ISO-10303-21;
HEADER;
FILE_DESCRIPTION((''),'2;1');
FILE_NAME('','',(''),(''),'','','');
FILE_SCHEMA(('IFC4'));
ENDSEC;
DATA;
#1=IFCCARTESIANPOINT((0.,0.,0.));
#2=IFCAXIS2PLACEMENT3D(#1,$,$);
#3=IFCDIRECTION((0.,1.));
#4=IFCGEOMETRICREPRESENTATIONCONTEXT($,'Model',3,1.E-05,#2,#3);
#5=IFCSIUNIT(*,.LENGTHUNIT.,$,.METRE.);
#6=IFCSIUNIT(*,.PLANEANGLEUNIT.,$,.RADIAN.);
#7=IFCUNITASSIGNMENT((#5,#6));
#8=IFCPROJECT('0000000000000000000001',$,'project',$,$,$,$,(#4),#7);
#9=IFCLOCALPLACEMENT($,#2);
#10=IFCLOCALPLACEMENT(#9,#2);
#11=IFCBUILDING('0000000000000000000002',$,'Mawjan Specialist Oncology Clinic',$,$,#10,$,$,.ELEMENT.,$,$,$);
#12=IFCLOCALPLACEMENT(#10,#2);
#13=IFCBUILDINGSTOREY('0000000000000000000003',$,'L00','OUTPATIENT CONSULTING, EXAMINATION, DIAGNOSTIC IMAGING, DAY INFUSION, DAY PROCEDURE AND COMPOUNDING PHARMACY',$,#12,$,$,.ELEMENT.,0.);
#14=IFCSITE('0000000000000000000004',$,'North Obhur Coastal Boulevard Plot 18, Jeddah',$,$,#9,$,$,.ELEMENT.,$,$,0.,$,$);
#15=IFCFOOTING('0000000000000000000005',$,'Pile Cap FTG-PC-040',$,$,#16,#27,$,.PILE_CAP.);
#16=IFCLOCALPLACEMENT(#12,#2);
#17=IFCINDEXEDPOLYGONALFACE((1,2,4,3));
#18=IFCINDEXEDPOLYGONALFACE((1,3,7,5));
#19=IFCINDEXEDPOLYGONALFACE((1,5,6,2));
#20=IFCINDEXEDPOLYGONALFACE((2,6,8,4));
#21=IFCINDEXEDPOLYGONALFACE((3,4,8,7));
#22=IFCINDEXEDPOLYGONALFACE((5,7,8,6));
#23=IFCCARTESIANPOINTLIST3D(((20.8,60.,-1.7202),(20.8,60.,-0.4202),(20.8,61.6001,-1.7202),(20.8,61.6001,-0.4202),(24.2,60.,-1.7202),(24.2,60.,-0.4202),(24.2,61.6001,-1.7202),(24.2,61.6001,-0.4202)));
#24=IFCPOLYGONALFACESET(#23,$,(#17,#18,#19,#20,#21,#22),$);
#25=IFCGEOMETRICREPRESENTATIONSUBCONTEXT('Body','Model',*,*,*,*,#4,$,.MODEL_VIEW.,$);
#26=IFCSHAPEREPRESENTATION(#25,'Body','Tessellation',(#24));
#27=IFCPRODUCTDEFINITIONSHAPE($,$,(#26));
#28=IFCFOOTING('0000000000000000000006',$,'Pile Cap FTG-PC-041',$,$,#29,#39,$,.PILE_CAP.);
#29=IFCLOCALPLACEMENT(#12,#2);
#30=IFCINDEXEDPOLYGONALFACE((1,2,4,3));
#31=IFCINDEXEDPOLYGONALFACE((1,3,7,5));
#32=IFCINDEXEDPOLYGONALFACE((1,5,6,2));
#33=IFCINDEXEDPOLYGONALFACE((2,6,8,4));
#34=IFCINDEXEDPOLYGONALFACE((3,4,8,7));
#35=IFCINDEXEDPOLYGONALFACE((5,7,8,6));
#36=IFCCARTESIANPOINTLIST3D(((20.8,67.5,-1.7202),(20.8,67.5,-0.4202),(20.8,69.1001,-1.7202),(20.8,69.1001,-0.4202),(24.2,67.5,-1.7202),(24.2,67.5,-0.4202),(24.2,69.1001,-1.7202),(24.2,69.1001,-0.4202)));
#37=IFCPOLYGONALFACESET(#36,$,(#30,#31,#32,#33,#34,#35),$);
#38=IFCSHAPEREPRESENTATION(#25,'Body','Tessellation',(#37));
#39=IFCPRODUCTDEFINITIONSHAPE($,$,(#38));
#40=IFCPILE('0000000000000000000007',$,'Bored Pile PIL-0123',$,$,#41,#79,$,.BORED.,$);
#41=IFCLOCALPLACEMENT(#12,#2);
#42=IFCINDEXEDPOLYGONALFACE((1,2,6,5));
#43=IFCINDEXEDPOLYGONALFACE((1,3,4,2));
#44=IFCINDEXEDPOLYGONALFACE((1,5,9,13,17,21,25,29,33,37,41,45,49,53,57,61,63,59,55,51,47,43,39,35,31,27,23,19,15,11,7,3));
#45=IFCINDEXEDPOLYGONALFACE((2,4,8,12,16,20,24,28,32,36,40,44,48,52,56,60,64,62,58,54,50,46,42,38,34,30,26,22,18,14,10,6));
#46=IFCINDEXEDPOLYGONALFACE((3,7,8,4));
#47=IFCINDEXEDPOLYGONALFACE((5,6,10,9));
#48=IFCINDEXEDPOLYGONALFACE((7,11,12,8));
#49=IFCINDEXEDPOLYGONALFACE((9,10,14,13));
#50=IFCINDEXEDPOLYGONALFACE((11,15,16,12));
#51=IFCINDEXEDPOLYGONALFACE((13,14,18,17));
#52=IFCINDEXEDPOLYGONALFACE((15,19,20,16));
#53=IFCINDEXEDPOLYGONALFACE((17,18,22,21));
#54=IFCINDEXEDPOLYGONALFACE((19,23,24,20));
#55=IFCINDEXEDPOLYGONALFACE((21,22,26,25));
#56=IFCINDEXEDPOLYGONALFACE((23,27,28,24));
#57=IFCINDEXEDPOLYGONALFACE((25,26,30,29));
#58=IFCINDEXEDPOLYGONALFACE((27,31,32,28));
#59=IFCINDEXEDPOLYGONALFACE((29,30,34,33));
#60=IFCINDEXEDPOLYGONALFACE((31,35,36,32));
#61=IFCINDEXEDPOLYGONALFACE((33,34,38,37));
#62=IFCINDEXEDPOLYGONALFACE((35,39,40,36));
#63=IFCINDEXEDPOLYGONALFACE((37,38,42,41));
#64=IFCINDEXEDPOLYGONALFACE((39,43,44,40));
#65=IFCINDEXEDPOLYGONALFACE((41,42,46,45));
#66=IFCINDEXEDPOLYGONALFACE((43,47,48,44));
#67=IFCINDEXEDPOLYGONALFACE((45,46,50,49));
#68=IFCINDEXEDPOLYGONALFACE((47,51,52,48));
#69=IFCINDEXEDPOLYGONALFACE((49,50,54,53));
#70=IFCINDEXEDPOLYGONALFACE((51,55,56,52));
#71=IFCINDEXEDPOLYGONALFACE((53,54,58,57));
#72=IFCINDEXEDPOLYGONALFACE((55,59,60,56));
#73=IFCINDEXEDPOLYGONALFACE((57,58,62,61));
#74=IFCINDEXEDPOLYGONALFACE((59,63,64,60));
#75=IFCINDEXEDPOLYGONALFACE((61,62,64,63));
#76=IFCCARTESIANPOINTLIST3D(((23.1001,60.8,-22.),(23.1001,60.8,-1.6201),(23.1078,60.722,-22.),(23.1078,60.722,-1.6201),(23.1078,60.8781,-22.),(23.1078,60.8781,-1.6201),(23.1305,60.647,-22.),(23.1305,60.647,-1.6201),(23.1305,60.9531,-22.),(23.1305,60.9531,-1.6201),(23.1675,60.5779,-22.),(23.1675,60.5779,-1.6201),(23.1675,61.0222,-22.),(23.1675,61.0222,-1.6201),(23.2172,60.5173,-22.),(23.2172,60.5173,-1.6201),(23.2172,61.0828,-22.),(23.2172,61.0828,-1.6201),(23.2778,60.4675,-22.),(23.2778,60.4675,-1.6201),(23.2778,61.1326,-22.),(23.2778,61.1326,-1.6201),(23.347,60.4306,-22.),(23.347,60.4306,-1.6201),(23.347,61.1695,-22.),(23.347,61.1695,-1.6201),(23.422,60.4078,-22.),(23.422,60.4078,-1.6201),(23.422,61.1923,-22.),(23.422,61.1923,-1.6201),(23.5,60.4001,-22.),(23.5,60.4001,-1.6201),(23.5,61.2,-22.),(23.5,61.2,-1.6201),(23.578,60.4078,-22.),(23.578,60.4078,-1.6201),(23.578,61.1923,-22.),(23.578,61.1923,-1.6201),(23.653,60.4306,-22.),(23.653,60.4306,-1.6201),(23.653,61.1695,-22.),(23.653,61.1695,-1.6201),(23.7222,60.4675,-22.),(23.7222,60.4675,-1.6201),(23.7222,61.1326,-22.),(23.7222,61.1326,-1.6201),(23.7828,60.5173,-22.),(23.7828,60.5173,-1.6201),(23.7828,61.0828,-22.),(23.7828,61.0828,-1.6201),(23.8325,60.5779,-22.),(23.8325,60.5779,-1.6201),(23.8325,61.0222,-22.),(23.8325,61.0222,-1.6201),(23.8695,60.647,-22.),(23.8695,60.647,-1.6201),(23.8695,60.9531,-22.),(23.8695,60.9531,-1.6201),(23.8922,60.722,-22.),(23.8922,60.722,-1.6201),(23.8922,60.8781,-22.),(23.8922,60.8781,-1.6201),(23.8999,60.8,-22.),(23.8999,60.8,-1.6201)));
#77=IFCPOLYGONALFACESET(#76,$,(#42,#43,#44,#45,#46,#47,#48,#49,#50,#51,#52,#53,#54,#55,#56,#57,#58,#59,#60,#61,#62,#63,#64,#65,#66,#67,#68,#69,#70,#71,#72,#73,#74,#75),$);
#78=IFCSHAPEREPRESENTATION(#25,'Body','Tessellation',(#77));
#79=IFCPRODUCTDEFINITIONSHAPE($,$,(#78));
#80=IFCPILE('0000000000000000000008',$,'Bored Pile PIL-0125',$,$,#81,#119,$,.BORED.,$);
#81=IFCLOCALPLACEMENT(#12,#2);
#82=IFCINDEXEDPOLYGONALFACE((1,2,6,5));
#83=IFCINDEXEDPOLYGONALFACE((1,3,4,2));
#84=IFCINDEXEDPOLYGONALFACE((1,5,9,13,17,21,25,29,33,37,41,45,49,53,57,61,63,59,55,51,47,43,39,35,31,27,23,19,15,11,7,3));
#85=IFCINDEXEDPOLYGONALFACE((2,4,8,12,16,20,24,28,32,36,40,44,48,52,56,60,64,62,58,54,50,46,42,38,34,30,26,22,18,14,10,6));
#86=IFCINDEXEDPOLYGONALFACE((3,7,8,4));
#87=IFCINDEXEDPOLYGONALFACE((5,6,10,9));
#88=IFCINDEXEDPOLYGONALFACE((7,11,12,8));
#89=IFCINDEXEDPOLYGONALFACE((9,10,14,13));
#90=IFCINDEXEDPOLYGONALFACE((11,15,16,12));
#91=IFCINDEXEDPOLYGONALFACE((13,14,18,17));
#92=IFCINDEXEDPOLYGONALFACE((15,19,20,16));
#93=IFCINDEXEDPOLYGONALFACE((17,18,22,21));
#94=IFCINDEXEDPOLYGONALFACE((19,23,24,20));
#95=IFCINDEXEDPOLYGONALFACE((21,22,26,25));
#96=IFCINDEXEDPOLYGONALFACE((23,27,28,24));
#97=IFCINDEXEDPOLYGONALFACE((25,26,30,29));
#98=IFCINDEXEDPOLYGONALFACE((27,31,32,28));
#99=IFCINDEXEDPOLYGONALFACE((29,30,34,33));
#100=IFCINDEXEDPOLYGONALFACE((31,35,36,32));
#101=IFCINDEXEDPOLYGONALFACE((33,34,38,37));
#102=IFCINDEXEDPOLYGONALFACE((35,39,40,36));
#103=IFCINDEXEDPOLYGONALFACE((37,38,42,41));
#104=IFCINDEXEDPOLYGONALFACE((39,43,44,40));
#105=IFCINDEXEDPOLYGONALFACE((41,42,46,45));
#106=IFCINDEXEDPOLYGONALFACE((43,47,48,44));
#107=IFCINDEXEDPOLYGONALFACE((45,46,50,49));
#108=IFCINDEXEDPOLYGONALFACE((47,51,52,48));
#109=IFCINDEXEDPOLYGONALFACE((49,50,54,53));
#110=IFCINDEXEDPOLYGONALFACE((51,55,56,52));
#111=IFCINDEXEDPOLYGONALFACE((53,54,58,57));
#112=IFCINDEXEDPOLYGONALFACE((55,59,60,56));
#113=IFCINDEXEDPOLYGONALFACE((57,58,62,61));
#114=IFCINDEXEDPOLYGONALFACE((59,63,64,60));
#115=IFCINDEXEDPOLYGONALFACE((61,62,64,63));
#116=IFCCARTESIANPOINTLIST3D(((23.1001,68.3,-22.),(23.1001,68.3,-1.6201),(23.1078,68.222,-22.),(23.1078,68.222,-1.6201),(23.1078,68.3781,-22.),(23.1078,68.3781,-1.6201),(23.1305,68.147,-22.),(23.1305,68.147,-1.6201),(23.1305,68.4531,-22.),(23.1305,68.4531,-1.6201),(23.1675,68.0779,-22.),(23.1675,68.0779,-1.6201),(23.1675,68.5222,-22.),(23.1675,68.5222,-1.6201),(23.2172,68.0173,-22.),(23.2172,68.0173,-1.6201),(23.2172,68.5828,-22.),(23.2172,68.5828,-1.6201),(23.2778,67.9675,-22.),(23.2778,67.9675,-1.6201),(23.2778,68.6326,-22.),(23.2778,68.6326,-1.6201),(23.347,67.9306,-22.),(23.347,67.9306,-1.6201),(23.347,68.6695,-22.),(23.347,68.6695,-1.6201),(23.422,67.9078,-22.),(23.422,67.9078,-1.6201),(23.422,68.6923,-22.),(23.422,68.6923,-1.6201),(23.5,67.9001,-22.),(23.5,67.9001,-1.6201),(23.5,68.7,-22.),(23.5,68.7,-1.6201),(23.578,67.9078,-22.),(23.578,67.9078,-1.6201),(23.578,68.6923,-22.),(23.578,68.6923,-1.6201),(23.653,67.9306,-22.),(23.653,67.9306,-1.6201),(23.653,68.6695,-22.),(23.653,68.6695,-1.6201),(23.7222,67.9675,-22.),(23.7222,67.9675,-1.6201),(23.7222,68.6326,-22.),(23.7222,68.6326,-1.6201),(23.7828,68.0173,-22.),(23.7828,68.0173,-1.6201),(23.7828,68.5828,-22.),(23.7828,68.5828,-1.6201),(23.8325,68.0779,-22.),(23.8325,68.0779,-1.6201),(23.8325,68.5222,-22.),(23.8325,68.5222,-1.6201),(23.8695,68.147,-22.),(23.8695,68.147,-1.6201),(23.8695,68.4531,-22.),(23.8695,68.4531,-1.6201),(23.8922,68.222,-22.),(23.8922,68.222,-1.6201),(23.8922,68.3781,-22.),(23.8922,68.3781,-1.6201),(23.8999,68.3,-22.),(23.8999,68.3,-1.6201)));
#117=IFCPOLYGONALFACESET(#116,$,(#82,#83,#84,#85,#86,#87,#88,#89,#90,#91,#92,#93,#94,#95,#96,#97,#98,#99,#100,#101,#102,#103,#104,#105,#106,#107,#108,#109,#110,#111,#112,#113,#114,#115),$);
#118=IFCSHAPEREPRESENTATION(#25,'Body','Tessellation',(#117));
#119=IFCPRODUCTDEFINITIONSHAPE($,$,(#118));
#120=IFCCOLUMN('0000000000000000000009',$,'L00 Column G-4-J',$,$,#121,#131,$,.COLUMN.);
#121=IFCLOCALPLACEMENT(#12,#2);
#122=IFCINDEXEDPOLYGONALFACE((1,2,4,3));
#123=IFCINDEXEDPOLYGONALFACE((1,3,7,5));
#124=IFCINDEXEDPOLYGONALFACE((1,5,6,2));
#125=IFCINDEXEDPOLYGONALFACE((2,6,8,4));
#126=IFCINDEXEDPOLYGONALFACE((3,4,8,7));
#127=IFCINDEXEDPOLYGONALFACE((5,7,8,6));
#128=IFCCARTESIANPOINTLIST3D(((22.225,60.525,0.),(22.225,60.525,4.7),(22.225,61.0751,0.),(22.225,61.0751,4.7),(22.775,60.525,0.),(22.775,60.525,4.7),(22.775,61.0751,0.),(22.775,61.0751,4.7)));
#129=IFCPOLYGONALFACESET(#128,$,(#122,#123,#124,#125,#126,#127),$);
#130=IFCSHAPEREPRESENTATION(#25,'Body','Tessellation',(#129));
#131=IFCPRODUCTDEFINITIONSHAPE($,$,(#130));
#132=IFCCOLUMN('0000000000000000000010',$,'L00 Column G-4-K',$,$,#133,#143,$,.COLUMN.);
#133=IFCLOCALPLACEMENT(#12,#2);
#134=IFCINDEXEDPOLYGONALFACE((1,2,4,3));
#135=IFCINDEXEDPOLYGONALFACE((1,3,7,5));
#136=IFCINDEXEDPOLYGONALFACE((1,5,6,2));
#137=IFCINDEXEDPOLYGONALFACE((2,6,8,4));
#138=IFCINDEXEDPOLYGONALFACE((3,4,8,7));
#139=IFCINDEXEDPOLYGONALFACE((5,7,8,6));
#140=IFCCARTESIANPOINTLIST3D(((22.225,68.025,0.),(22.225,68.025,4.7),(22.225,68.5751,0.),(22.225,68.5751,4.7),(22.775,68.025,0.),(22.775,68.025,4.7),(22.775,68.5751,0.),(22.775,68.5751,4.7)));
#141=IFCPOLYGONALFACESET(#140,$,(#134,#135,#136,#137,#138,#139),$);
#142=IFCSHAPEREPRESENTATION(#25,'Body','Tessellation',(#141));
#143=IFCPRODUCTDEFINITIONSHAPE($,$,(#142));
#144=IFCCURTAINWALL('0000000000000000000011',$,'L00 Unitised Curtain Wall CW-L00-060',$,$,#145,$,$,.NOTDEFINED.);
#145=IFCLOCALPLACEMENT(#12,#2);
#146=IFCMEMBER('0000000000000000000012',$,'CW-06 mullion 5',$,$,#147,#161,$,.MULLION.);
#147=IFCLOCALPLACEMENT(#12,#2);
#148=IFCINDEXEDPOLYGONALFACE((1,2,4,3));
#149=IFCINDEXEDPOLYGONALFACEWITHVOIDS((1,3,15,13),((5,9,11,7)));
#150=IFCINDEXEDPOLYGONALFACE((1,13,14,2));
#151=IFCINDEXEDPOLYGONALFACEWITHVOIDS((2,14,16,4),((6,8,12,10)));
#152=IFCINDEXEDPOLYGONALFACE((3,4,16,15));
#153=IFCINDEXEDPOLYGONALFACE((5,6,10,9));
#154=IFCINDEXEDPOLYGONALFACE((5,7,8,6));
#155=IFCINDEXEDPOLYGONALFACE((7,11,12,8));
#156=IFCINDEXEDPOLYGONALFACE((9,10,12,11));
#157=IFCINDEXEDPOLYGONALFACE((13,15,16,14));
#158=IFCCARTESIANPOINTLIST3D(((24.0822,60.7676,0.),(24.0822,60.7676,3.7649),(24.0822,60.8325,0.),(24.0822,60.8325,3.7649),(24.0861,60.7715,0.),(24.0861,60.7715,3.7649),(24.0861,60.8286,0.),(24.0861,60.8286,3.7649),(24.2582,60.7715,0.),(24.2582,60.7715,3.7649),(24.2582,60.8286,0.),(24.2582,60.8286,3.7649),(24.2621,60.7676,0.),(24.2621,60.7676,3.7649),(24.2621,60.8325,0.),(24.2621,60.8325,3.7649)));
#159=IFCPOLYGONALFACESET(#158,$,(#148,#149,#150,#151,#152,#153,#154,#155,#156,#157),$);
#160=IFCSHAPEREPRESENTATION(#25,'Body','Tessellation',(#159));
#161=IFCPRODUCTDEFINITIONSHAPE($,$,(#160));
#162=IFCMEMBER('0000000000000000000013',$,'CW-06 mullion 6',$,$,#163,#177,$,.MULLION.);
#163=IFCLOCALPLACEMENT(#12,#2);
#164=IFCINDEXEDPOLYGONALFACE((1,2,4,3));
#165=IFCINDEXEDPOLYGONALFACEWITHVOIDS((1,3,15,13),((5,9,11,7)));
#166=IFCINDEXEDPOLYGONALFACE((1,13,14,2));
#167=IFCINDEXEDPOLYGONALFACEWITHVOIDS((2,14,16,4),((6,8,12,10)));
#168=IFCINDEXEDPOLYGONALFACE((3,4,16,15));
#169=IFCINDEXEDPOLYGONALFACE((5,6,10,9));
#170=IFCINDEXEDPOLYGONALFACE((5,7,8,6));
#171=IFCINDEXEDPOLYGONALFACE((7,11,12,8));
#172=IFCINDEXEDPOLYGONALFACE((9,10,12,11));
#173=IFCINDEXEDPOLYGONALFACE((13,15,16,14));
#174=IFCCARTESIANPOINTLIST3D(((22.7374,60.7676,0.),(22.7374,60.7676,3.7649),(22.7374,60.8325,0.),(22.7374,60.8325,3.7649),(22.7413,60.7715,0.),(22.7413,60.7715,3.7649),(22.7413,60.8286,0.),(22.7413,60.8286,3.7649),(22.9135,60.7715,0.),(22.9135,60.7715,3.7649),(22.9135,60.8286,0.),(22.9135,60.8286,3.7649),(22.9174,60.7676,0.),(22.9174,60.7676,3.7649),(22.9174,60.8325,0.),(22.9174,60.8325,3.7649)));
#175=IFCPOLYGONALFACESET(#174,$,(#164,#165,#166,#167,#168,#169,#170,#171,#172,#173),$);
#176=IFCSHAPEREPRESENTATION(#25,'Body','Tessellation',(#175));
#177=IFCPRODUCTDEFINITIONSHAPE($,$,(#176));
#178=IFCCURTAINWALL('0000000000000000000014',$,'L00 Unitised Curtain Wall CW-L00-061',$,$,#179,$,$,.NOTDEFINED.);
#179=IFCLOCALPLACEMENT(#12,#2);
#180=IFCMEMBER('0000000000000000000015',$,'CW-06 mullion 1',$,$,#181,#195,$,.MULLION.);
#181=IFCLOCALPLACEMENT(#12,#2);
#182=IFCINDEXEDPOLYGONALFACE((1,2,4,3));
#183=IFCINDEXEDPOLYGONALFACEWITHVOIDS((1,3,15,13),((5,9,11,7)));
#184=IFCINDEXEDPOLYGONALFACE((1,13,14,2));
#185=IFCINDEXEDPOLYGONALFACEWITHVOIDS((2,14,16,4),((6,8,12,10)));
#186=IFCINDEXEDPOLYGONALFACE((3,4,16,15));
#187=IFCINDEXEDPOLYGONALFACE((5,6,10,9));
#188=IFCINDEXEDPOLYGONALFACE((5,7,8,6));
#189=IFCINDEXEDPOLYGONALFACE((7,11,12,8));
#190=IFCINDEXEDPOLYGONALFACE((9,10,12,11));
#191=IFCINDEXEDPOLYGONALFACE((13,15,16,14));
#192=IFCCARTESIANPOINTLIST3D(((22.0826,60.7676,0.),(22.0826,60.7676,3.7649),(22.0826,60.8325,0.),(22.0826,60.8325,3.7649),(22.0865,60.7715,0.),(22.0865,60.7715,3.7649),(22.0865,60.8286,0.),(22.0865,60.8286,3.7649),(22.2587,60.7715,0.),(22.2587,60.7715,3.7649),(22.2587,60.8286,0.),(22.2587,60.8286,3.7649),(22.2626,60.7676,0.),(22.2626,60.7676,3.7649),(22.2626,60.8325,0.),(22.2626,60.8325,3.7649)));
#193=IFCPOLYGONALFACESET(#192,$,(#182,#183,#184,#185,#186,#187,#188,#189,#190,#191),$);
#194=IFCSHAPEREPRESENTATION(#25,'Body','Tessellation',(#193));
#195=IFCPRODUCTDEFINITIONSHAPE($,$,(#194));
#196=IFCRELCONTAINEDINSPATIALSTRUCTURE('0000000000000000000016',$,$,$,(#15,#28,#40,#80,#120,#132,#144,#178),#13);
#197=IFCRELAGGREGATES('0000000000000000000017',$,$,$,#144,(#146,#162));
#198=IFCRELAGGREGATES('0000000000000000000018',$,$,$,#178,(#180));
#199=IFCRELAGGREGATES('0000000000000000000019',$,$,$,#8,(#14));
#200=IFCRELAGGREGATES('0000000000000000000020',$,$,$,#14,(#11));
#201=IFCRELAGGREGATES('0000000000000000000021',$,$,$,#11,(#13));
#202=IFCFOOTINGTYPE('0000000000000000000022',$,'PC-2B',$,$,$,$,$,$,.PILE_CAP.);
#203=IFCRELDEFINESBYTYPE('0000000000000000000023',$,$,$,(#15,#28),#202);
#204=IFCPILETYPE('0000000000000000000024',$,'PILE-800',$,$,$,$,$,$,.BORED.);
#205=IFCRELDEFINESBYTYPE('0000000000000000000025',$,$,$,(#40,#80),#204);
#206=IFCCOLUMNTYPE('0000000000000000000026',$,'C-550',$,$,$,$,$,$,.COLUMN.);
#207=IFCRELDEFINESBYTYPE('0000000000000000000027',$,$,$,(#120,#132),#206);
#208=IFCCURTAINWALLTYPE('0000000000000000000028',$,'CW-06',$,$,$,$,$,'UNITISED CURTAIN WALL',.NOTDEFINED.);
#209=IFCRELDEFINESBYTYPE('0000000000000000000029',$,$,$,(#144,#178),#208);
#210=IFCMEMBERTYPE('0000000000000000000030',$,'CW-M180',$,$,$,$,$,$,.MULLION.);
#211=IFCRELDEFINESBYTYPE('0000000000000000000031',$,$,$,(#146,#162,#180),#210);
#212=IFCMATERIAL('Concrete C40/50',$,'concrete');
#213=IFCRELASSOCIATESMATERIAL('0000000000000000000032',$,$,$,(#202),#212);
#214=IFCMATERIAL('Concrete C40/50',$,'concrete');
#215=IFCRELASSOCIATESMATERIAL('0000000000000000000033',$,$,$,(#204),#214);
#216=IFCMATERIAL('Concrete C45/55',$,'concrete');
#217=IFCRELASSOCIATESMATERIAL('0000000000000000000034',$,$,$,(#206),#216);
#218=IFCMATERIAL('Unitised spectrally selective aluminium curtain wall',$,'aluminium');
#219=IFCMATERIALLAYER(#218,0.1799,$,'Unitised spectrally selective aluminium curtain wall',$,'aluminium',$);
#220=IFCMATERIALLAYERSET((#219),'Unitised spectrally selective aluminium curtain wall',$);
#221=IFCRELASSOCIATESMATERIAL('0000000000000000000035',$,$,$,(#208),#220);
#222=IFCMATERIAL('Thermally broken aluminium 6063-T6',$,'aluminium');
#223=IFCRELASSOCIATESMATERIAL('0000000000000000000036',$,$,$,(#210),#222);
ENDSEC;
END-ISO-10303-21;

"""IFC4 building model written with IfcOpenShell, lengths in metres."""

from ifc_helpers import new_model, si_unit, direction, frame, origin, origin_2d, place, context, subcontext, project, spatial, rectangle, hollow_rectangle, circle, extrude, material, layer, layer_set, material_profile, profile_set, type_object, element, aggregate, save


model = new_model("IFC4")

# Units and contexts
model_context = context("Model", 3, precision=1e-05, world=origin(), true_north=direction((0.0, 1.0)))
body_context = subcontext(model_context, "Body", "Model", "MODEL_VIEW")
ifc_project = project(units=[si_unit("LENGTHUNIT", "METRE"), si_unit("PLANEANGLEUNIT", "RADIAN")], contexts=[model_context])

# Site, building, storey
site_placement = place(None, origin())
site = spatial("IfcSite", under=ifc_project, at=site_placement, Name="North Obhur Coastal Boulevard Plot 18, Jeddah", CompositionType="ELEMENT", RefElevation=0.0)
building_placement = place(site_placement, origin())
building = spatial("IfcBuilding", under=site, at=building_placement, Name="Mawjan Specialist Oncology Clinic", CompositionType="ELEMENT")
storey_placement = place(building_placement, origin())
storey = spatial("IfcBuildingStorey", under=building, at=storey_placement, Name="L00", Description="OUTPATIENT CONSULTING, EXAMINATION, DIAGNOSTIC IMAGING, DAY INFUSION, DAY PROCEDURE AND COMPOUNDING PHARMACY", CompositionType="ELEMENT", Elevation=0.0)

# Footings
ifc_material_1 = material(Name="Concrete C40/50", Category="concrete")
footing_type = type_object("IfcFootingType", Name="PC-2B", PredefinedType="PILE_CAP", material=ifc_material_1)
for number, where, z_axis, x_axis, name in (
    (1, (22.5, 60.8, -1.7202), (0.0, 0.0, 1.0), (1.0, 0.0, 0.0), "Pile Cap FTG-PC-040"),
    (2, (22.5, 68.3, -1.7202), (0.0, 0.0, 1.0), (1.0, 0.0, 0.0), "Pile Cap FTG-PC-041"),
):
    element("IfcFooting", number, at=place(storey_placement, frame(where, z_axis=z_axis, x_axis=x_axis)), inside=storey, type_object=footing_type, Name=name, PredefinedType="PILE_CAP", context=body_context, shape_type="SweptSolid", body=[
        extrude(rectangle(XDim=3.3999, YDim=1.6001, at=origin_2d()), origin(), (0.0, 0.0, 1.0), 1.3),
    ])

# Piles
ifc_material_2 = material(Name="Concrete C40/50", Category="concrete")
ifc_material_profile_1 = material_profile(ifc_material_2, circle(Radius=0.3999, at=origin_2d()), Name="BORED PILE D800", Category="concrete")
ifc_profile_set_1 = profile_set([ifc_material_profile_1], Name="Concrete C40/50")
pile_type = type_object("IfcPileType", Name="PILE-800", PredefinedType="BORED", material=ifc_profile_set_1)
for number, where, z_axis, x_axis, name in (
    (3, (23.5, 60.8, -1.6201), (0.0, 0.0, -1.0), (1.0, 0.0, 0.0), "Bored Pile PIL-0123"),
    (4, (23.5, 68.3, -1.6201), (0.0, 0.0, -1.0), (1.0, 0.0, 0.0), "Bored Pile PIL-0125"),
):
    element("IfcPile", number, at=place(storey_placement, frame(where, z_axis=z_axis, x_axis=x_axis)), inside=storey, type_object=pile_type, Name=name, PredefinedType="BORED", context=body_context, shape_type="SweptSolid", body=[
        extrude(circle(Radius=0.3999, at=origin_2d()), origin(), (0.0, 0.0, 1.0), 20.3799),
    ])

# Columns
ifc_material_3 = material(Name="Concrete C45/55", Category="concrete")
ifc_material_profile_2 = material_profile(ifc_material_3, rectangle(XDim=0.55, YDim=0.55, at=origin_2d()), Name="RC COL 550x550", Category="concrete")
ifc_profile_set_2 = profile_set([ifc_material_profile_2], Name="Concrete C45/55")
column_type = type_object("IfcColumnType", Name="C-550", PredefinedType="COLUMN", material=ifc_profile_set_2)
for number, where, z_axis, x_axis, name in (
    (5, (22.5, 60.8, 0.0), (0.0, 0.0, 1.0), (1.0, 0.0, 0.0), "L00 Column G-4-J"),
    (6, (22.5, 68.3, 0.0), (0.0, 0.0, 1.0), (1.0, 0.0, 0.0), "L00 Column G-4-K"),
):
    element("IfcColumn", number, at=place(storey_placement, frame(where, z_axis=z_axis, x_axis=x_axis)), inside=storey, type_object=column_type, Name=name, PredefinedType="COLUMN", context=body_context, shape_type="SweptSolid", body=[
        extrude(rectangle(XDim=0.55, YDim=0.55, at=origin_2d()), origin(), (0.0, 0.0, 1.0), 4.7),
    ])

# Curtain wall, members
ifc_material_4 = material(Name="Unitised spectrally selective aluminium curtain wall", Category="aluminium")
ifc_layer_1 = layer(ifc_material_4, 0.1799, Name="Unitised spectrally selective aluminium curtain wall", Category="aluminium")
ifc_layer_set_1 = layer_set([ifc_layer_1], Name="Unitised spectrally selective aluminium curtain wall")
curtain_wall_type = type_object("IfcCurtainWallType", Name="CW-06", ElementType="UNITISED CURTAIN WALL", PredefinedType="NOTDEFINED", material=ifc_layer_set_1)
curtain_wall_1_placement = place(storey_placement, origin())
curtain_wall_1 = element("IfcCurtainWall", 7, at=curtain_wall_1_placement, inside=storey, type_object=curtain_wall_type, Name="L00 Unitised Curtain Wall CW-L00-060", PredefinedType="NOTDEFINED")
ifc_material_5 = material(Name="Thermally broken aluminium 6063-T6", Category="aluminium")
ifc_material_profile_3 = material_profile(ifc_material_5, hollow_rectangle(XDim=0.0649, YDim=0.1799, WallThickness=0.0039, at=origin_2d()), Name="ALU MULLION 180x65x4", Category="aluminium")
ifc_profile_set_3 = profile_set([ifc_material_profile_3], Name="Thermally broken aluminium 6063-T6")
member_type_1 = type_object("IfcMemberType", Name="CW-M180", PredefinedType="MULLION", material=ifc_profile_set_3)
member_1_placement = place(storey_placement, frame((24.1721, 60.8, 0.0), z_axis=(0.0, 0.0, 1.0), x_axis=(0.0, -1.0, 0.0)))
member_1 = element("IfcMember", 8, at=member_1_placement, type_object=member_type_1, Name="CW-06 mullion 5", PredefinedType="MULLION", context=body_context, shape_type="SweptSolid", body=[
    extrude(hollow_rectangle(XDim=0.0649, YDim=0.1799, WallThickness=0.0039, at=origin_2d()), origin(), (0.0, 0.0, 1.0), 3.7649),
])
member_2_placement = place(storey_placement, frame((22.8274, 60.8, 0.0), z_axis=(0.0, 0.0, 1.0), x_axis=(0.0, -1.0, 0.0)))
member_2 = element("IfcMember", 9, at=member_2_placement, type_object=member_type_1, Name="CW-06 mullion 6", PredefinedType="MULLION", context=body_context, shape_type="SweptSolid", body=[
    extrude(hollow_rectangle(XDim=0.0649, YDim=0.1799, WallThickness=0.0039, at=origin_2d()), origin(), (0.0, 0.0, 1.0), 3.7649),
])

# Curtain wall, member
curtain_wall_2_placement = place(storey_placement, origin())
curtain_wall_2 = element("IfcCurtainWall", 10, at=curtain_wall_2_placement, inside=storey, type_object=curtain_wall_type, Name="L00 Unitised Curtain Wall CW-L00-061", PredefinedType="NOTDEFINED")
member_3_placement = place(storey_placement, frame((22.1726, 60.8, 0.0), z_axis=(0.0, 0.0, 1.0), x_axis=(0.0, -1.0, 0.0)))
member_3 = element("IfcMember", 11, at=member_3_placement, type_object=member_type_1, Name="CW-06 mullion 1", PredefinedType="MULLION", context=body_context, shape_type="SweptSolid", body=[
    extrude(hollow_rectangle(XDim=0.0649, YDim=0.1799, WallThickness=0.0039, at=origin_2d()), origin(), (0.0, 0.0, 1.0), 3.7649),
])

aggregate(curtain_wall_1, [member_1, member_2])
aggregate(curtain_wall_2, [member_3])

save(model, "model.ifc")
